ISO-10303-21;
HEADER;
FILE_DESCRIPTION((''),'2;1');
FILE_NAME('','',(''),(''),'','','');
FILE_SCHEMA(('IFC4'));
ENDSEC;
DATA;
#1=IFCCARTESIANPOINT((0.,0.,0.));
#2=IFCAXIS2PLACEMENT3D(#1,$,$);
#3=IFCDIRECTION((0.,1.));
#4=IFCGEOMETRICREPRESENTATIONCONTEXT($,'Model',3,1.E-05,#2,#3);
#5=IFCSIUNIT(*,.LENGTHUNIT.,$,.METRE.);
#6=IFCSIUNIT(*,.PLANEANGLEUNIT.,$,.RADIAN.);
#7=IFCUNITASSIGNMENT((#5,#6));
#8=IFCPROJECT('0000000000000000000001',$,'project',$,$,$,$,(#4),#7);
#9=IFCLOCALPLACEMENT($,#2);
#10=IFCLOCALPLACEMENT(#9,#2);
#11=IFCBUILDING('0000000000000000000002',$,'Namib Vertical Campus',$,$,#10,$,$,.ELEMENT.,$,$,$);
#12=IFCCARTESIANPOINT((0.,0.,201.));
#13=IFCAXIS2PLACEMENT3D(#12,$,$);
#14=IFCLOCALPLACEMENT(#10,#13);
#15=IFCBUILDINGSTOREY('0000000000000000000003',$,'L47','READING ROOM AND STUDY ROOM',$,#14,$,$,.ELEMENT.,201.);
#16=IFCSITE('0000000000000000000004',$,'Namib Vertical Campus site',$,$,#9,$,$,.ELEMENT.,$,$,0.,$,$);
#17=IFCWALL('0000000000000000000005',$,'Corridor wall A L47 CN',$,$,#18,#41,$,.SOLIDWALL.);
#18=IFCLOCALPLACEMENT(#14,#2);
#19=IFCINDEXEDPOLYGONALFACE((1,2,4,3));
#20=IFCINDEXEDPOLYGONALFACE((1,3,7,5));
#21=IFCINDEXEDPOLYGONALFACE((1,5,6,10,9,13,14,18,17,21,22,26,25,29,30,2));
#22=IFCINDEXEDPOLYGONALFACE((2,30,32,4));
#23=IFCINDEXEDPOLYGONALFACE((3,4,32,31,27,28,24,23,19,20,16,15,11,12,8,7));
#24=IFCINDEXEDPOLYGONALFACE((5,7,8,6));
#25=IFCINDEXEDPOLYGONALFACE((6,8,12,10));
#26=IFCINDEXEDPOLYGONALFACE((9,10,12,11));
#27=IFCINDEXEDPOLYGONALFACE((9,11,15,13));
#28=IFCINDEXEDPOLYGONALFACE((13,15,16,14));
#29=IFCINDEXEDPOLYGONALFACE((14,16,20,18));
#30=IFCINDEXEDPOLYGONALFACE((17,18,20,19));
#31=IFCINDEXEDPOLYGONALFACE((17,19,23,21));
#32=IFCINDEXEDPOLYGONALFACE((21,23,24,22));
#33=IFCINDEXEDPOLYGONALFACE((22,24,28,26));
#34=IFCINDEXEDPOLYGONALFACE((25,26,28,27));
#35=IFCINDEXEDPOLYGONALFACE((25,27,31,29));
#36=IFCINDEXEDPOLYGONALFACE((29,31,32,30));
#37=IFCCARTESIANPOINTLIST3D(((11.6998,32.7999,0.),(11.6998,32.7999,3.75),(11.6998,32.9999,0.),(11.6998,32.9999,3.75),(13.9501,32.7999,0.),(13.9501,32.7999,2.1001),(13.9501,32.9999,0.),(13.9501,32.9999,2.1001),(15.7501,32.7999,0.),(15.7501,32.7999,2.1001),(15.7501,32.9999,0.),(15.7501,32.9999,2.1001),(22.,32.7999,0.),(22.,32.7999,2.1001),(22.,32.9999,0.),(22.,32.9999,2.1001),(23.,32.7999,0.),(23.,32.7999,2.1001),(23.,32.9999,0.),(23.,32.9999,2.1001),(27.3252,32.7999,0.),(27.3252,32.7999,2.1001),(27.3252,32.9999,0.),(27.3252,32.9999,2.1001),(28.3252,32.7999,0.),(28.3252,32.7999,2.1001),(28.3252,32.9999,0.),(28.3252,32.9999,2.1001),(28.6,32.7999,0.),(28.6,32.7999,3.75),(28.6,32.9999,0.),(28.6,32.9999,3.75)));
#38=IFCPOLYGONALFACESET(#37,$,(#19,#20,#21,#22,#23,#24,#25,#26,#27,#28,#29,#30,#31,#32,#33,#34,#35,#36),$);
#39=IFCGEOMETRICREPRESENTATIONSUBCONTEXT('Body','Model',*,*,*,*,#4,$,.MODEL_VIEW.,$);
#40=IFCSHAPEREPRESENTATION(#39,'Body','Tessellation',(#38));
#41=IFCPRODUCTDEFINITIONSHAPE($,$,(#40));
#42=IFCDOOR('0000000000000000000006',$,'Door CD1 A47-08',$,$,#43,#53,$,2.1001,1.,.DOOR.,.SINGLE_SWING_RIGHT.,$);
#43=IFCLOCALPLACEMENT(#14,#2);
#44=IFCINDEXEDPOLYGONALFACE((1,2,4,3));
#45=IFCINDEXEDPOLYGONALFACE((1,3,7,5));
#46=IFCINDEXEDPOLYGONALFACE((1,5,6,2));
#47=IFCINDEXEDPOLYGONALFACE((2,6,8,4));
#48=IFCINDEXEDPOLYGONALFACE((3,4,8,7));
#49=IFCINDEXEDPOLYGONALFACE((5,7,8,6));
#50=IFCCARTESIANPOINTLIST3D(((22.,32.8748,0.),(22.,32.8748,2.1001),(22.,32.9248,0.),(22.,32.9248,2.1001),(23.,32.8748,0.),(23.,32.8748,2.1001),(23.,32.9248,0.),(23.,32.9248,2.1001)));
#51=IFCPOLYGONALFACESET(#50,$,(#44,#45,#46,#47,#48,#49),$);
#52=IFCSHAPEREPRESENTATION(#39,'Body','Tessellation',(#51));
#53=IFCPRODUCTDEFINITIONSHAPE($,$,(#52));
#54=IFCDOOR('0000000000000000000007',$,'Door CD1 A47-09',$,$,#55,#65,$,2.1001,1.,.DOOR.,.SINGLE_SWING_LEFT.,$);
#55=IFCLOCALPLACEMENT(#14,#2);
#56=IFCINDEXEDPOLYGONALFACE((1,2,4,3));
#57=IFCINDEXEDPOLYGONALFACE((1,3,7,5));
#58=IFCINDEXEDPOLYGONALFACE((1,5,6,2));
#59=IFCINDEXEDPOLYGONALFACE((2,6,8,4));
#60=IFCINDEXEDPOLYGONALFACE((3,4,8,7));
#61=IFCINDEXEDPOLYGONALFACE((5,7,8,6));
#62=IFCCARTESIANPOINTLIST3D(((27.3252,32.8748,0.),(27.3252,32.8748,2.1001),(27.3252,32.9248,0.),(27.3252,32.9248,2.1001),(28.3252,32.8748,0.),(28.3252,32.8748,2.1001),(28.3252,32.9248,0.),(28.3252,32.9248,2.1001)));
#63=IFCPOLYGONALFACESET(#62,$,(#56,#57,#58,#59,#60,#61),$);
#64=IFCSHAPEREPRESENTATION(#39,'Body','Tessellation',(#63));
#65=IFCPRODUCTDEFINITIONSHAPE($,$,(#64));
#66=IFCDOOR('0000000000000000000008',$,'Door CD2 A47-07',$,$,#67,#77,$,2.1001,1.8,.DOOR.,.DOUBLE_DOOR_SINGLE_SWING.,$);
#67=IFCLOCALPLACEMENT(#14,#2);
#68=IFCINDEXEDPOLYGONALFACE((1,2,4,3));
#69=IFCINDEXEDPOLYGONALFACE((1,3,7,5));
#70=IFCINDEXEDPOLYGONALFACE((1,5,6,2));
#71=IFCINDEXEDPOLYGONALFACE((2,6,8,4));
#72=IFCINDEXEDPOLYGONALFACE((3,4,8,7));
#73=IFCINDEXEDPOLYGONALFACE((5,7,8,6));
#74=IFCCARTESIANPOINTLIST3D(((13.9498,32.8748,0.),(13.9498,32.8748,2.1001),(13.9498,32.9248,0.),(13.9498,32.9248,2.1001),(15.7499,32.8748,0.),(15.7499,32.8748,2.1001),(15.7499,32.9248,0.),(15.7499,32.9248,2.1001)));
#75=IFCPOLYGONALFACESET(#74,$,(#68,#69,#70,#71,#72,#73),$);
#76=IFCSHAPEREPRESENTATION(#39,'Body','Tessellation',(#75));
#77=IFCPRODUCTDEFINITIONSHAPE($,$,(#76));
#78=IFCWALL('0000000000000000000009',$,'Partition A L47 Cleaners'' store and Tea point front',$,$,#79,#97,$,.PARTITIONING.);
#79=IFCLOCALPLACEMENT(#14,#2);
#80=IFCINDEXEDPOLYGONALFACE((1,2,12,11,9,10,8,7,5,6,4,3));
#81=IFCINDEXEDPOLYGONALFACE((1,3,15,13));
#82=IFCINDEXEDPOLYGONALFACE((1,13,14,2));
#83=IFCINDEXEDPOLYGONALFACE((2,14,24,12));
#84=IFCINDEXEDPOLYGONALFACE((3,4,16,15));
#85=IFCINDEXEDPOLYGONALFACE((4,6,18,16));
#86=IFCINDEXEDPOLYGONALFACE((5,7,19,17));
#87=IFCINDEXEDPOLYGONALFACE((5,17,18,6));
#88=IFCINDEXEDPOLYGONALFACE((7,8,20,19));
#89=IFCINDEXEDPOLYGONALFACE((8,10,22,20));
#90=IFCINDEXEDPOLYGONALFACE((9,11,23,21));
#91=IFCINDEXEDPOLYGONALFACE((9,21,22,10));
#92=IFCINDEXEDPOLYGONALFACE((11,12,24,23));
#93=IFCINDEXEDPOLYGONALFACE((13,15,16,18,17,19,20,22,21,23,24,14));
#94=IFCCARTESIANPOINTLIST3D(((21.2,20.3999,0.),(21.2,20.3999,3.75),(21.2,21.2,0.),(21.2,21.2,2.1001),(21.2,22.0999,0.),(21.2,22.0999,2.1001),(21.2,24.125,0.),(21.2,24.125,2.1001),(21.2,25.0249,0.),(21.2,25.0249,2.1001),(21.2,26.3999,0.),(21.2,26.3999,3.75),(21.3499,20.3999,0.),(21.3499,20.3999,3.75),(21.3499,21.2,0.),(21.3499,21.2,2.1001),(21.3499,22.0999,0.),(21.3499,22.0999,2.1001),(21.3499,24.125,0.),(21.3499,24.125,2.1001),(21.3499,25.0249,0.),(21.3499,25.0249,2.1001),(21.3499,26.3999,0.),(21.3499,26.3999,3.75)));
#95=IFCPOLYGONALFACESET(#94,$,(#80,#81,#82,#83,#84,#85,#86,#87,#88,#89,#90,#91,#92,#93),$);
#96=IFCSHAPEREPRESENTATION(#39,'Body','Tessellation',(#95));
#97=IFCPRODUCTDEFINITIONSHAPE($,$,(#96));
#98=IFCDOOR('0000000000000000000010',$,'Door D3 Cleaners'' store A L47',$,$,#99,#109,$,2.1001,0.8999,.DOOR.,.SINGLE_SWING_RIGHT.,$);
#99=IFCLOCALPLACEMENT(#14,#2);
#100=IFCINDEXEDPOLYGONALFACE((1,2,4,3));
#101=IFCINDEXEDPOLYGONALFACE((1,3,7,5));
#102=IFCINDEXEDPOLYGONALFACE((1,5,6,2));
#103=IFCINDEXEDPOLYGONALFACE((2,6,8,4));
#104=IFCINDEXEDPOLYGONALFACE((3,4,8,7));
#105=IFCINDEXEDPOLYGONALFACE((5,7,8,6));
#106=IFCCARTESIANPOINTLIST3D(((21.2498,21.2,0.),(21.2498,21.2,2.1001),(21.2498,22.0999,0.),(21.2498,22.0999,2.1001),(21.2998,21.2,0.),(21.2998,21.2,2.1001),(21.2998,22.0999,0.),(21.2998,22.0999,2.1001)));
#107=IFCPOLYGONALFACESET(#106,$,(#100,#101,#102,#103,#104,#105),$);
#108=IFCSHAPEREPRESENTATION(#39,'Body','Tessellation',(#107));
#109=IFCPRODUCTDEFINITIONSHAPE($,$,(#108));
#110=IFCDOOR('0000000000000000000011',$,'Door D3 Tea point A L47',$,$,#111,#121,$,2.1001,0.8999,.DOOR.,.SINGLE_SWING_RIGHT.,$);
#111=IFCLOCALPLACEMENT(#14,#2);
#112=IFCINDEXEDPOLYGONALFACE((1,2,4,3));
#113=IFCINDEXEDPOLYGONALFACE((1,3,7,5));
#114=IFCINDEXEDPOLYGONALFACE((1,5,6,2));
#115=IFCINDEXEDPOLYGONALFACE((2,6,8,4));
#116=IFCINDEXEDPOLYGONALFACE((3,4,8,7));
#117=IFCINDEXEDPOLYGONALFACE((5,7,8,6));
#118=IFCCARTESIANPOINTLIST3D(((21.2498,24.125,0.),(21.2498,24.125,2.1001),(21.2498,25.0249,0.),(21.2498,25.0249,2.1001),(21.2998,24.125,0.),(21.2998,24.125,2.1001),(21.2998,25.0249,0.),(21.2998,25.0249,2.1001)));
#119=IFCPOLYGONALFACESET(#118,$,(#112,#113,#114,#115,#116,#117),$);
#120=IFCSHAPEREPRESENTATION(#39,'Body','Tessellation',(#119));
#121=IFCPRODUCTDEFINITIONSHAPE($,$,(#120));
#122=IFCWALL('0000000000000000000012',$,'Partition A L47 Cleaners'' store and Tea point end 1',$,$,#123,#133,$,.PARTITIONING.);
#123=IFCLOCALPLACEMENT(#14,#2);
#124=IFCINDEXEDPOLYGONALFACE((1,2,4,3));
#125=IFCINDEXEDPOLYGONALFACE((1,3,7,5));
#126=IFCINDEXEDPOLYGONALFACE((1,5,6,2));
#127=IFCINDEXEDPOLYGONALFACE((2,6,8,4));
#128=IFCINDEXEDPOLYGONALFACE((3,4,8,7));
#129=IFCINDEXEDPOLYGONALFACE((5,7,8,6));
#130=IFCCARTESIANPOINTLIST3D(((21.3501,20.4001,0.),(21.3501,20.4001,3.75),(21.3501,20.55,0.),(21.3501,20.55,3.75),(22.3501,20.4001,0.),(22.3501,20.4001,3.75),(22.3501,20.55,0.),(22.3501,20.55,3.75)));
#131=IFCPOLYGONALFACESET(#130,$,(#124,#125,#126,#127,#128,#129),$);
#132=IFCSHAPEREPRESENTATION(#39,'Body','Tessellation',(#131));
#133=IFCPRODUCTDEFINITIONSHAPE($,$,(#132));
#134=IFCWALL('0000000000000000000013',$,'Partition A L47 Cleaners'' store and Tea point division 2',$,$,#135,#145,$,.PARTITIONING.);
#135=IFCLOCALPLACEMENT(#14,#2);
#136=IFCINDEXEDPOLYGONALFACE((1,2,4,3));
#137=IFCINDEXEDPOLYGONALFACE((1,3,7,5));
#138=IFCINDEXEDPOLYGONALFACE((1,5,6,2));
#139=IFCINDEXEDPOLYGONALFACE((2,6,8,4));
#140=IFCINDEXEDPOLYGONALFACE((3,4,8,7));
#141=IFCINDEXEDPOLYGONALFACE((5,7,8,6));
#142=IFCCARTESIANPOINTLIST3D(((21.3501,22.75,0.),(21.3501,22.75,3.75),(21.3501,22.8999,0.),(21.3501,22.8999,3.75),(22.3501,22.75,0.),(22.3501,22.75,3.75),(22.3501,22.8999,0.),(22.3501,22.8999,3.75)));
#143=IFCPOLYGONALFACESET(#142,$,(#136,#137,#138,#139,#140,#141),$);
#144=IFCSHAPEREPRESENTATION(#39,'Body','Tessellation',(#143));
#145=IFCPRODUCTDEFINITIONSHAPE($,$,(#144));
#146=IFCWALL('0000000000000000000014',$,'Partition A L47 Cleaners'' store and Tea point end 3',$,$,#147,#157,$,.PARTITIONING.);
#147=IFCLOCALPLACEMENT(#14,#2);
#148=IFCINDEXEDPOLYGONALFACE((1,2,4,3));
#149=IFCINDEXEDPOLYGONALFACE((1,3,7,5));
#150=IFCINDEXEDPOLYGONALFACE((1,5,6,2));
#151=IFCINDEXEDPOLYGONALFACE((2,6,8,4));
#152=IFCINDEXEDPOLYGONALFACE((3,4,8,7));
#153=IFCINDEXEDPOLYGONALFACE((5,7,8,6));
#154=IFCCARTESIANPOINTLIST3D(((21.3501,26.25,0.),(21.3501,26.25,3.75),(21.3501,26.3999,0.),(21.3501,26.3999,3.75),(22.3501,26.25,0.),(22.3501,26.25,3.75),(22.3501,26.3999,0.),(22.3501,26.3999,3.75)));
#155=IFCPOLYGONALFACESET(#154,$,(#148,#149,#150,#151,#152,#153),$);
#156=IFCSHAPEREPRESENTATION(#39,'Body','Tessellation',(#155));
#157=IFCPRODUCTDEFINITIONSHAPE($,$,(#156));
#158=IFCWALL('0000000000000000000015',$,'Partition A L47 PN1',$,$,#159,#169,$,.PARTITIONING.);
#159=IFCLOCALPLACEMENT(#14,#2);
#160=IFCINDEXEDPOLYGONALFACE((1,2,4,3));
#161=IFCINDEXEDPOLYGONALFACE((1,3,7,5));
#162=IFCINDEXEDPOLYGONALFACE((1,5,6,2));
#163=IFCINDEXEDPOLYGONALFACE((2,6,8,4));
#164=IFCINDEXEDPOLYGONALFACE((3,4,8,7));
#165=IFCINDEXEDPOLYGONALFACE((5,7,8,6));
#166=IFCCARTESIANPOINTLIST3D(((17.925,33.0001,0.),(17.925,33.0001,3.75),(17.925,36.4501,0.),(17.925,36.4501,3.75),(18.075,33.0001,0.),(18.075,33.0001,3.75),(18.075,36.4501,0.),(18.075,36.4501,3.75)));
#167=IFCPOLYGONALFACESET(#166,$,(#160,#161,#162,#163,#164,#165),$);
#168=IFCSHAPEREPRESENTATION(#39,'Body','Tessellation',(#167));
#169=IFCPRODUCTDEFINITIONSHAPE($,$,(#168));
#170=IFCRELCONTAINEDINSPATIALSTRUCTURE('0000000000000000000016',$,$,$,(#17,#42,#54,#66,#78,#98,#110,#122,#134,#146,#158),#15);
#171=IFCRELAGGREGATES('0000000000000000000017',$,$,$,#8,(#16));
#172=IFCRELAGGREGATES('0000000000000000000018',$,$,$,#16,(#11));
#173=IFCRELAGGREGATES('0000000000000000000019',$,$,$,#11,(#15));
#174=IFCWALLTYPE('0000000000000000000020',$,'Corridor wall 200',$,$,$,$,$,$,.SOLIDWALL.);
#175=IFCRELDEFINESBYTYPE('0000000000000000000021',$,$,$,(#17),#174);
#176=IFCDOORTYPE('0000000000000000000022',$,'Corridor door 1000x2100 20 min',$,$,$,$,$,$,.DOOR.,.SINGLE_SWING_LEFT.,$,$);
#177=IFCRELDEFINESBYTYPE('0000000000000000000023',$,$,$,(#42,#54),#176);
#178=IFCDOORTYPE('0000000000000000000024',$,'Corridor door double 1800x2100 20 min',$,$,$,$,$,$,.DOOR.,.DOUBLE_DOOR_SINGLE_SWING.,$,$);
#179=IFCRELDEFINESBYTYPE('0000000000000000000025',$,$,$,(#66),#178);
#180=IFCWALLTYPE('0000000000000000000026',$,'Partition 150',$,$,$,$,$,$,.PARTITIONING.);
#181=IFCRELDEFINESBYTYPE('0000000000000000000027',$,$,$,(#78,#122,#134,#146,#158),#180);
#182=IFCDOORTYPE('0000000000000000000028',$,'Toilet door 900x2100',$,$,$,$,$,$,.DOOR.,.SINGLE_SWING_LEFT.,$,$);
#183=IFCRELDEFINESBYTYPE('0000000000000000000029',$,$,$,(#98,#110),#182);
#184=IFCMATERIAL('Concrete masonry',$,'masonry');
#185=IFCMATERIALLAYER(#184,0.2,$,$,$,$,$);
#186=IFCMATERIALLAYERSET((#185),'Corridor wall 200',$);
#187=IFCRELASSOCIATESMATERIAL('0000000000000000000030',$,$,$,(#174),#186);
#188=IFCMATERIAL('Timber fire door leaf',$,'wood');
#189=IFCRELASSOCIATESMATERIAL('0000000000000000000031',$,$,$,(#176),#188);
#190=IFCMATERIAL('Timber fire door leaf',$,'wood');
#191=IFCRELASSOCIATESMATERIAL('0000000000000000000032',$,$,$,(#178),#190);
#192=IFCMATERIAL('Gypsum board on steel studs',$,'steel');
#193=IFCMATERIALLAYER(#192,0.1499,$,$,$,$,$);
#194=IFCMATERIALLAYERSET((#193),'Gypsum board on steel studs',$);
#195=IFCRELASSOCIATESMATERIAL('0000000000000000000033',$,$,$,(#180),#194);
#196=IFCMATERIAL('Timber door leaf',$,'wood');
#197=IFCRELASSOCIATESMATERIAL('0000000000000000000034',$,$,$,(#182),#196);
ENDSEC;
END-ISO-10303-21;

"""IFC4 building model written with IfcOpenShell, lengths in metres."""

from ifc_helpers import new_model, si_unit, direction, frame, frame_2d, origin, place, context, subcontext, project, spatial, rectangle, extrude, material, layer, layer_set, type_object, element, fill, save


model = new_model("IFC4")

# Units and contexts
model_context = context("Model", 3, precision=1e-05, world=origin(), true_north=direction((0.0, 1.0)))
body_context = subcontext(model_context, "Body", "Model", "MODEL_VIEW")
ifc_project = project(units=[si_unit("LENGTHUNIT", "METRE"), si_unit("PLANEANGLEUNIT", "RADIAN")], contexts=[model_context])

# Site, building, storey
site_placement = place(None, origin())
site = spatial("IfcSite", under=ifc_project, at=site_placement, Name="Namib Vertical Campus site", CompositionType="ELEMENT", RefElevation=0.0)
building_placement = place(site_placement, origin())
building = spatial("IfcBuilding", under=site, at=building_placement, Name="Namib Vertical Campus", CompositionType="ELEMENT")
storey_placement = place(building_placement, frame((0.0, 0.0, 201.0)))
storey = spatial("IfcBuildingStorey", under=building, at=storey_placement, Name="L47", Description="READING ROOM AND STUDY ROOM", CompositionType="ELEMENT", Elevation=201.0)

# Walls, openings, doors
ifc_material_1 = material(Name="Concrete masonry", Category="masonry")
ifc_layer_1 = layer(ifc_material_1, 0.2)
ifc_layer_set_1 = layer_set([ifc_layer_1], Name="Corridor wall 200")
wall_type_1 = type_object("IfcWallType", Name="Corridor wall 200", PredefinedType="SOLIDWALL", material=ifc_layer_set_1)
wall_1_placement = place(storey_placement, frame((28.6001, 32.8999, 0.0), z_axis=(0.0, 0.0, 1.0), x_axis=(-1.0, 0.0, 0.0)))
wall_1 = element("IfcWall", 1, at=wall_1_placement, inside=storey, type_object=wall_type_1, Name="Corridor wall A L47 CN", PredefinedType="SOLIDWALL", context=body_context, shape_type="SweptSolid", body=[
    extrude(rectangle(XDim=16.9001, YDim=0.2, at=frame_2d((8.4502, 0.0))), origin(), (0.0, 0.0, 1.0), 3.75),
])
opening_1_placement = place(wall_1_placement, frame((12.8501, 0.0, 0.0)))
opening_1 = element("IfcOpeningElement", 2, at=opening_1_placement, cuts=wall_1, PredefinedType="OPENING", context=body_context, shape_type="SweptSolid", body=[
    extrude(rectangle(XDim=1.8, YDim=2.1001, at=frame_2d((0.8999, 1.05))), frame((0.0, 0.1099, 0.0), z_axis=(0.0, -1.0, 0.0), x_axis=(1.0, 0.0, 0.0)), (0.0, 0.0, 1.0), 0.22),
])
opening_2_placement = place(wall_1_placement, frame((5.6001, 0.0, 0.0)))
opening_2 = element("IfcOpeningElement", 3, at=opening_2_placement, cuts=wall_1, PredefinedType="OPENING", context=body_context, shape_type="SweptSolid", body=[
    extrude(rectangle(XDim=1.0, YDim=2.1001, at=frame_2d((0.5, 1.05))), frame((0.0, 0.1099, 0.0), z_axis=(0.0, -1.0, 0.0), x_axis=(1.0, 0.0, 0.0)), (0.0, 0.0, 1.0), 0.22),
])
opening_3_placement = place(wall_1_placement, frame((0.2749, 0.0, 0.0)))
opening_3 = element("IfcOpeningElement", 4, at=opening_3_placement, cuts=wall_1, PredefinedType="OPENING", context=body_context, shape_type="SweptSolid", body=[
    extrude(rectangle(XDim=1.0, YDim=2.1001, at=frame_2d((0.5, 1.05))), frame((0.0, 0.1099, 0.0), z_axis=(0.0, -1.0, 0.0), x_axis=(1.0, 0.0, 0.0)), (0.0, 0.0, 1.0), 0.22),
])
ifc_material_2 = material(Name="Timber fire door leaf", Category="wood")
door_type_1 = type_object("IfcDoorType", Name="Corridor door 1000x2100 20 min", OperationType="SINGLE_SWING_LEFT", PredefinedType="DOOR", material=ifc_material_2)
door_1_placement = place(opening_2_placement, frame((1.0, 0.0, 0.0), z_axis=(0.0, 0.0, 1.0), x_axis=(-1.0, 0.0, 0.0)))
door_1 = element("IfcDoor", 5, at=door_1_placement, inside=storey, type_object=door_type_1, Name="Door CD1 A47-08", OperationType="SINGLE_SWING_RIGHT", OverallHeight=2.1001, OverallWidth=1.0, PredefinedType="DOOR", context=body_context, shape_type="SweptSolid", body=[
    extrude(rectangle(XDim=1.0, YDim=2.1001, at=frame_2d((0.5, 1.05))), frame((0.0, 0.0249, 0.0), z_axis=(0.0, -1.0, 0.0), x_axis=(1.0, 0.0, 0.0)), (0.0, 0.0, 1.0), 0.05),
])
fill(opening_2, door_1)
door_2_placement = place(opening_3_placement, frame((1.0, 0.0, 0.0), z_axis=(0.0, 0.0, 1.0), x_axis=(-1.0, 0.0, 0.0)))
door_2 = element("IfcDoor", 6, at=door_2_placement, inside=storey, type_object=door_type_1, Name="Door CD1 A47-09", OperationType="SINGLE_SWING_LEFT", OverallHeight=2.1001, OverallWidth=1.0, PredefinedType="DOOR", context=body_context, shape_type="SweptSolid", body=[
    extrude(rectangle(XDim=1.0, YDim=2.1001, at=frame_2d((0.5, 1.05))), frame((0.0, 0.0249, 0.0), z_axis=(0.0, -1.0, 0.0), x_axis=(1.0, 0.0, 0.0)), (0.0, 0.0, 1.0), 0.05),
])
fill(opening_3, door_2)
ifc_material_3 = material(Name="Timber fire door leaf", Category="wood")
door_type_2 = type_object("IfcDoorType", Name="Corridor door double 1800x2100 20 min", OperationType="DOUBLE_DOOR_SINGLE_SWING", PredefinedType="DOOR", material=ifc_material_3)
door_3_placement = place(opening_1_placement, frame((1.8, 0.0, 0.0), z_axis=(0.0, 0.0, 1.0), x_axis=(-1.0, 0.0, 0.0)))
door_3 = element("IfcDoor", 7, at=door_3_placement, inside=storey, type_object=door_type_2, Name="Door CD2 A47-07", OperationType="DOUBLE_DOOR_SINGLE_SWING", OverallHeight=2.1001, OverallWidth=1.8, PredefinedType="DOOR", context=body_context, shape_type="SweptSolid", body=[
    extrude(rectangle(XDim=1.8, YDim=2.1001, at=frame_2d((0.8999, 1.05))), frame((0.0, 0.0249, 0.0), z_axis=(0.0, -1.0, 0.0), x_axis=(1.0, 0.0, 0.0)), (0.0, 0.0, 1.0), 0.05),
])
fill(opening_1, door_3)
ifc_material_4 = material(Name="Gypsum board on steel studs", Category="steel")
ifc_layer_2 = layer(ifc_material_4, 0.1499)
ifc_layer_set_2 = layer_set([ifc_layer_2], Name="Gypsum board on steel studs")
wall_type_2 = type_object("IfcWallType", Name="Partition 150", PredefinedType="PARTITIONING", material=ifc_layer_set_2)
wall_2_placement = place(storey_placement, frame((21.2749, 20.3999, 0.0), z_axis=(0.0, 0.0, 1.0), x_axis=(0.0, 1.0, 0.0)))
wall_2 = element("IfcWall", 8, at=wall_2_placement, inside=storey, type_object=wall_type_2, Name="Partition A L47 Cleaners' store and Tea point front", PredefinedType="PARTITIONING", context=body_context, shape_type="SweptSolid", body=[
    extrude(rectangle(XDim=6.0, YDim=0.1499, at=frame_2d((3.0, 0.0))), origin(), (0.0, 0.0, 1.0), 3.75),
])
opening_4_placement = place(wall_2_placement, frame((0.8, 0.0, 0.0)))
opening_4 = element("IfcOpeningElement", 9, at=opening_4_placement, cuts=wall_2, PredefinedType="OPENING", context=body_context, shape_type="SweptSolid", body=[
    extrude(rectangle(XDim=0.8999, YDim=2.1001, at=frame_2d((0.45, 1.05))), frame((0.0, 0.085, 0.0), z_axis=(0.0, -1.0, 0.0), x_axis=(1.0, 0.0, 0.0)), (0.0, 0.0, 1.0), 0.1699),
])
opening_5_placement = place(wall_2_placement, frame((3.7251, 0.0, 0.0)))
opening_5 = element("IfcOpeningElement", 10, at=opening_5_placement, cuts=wall_2, PredefinedType="OPENING", context=body_context, shape_type="SweptSolid", body=[
    extrude(rectangle(XDim=0.8999, YDim=2.1001, at=frame_2d((0.45, 1.05))), frame((0.0, 0.085, 0.0), z_axis=(0.0, -1.0, 0.0), x_axis=(1.0, 0.0, 0.0)), (0.0, 0.0, 1.0), 0.1699),
])
ifc_material_5 = material(Name="Timber door leaf", Category="wood")
door_type_3 = type_object("IfcDoorType", Name="Toilet door 900x2100", OperationType="SINGLE_SWING_LEFT", PredefinedType="DOOR", material=ifc_material_5)
door_4_placement = place(opening_4_placement, frame((0.8999, 0.0, 0.0), z_axis=(0.0, 0.0, 1.0), x_axis=(-1.0, 0.0, 0.0)))
door_4 = element("IfcDoor", 11, at=door_4_placement, inside=storey, type_object=door_type_3, Name="Door D3 Cleaners' store A L47", OperationType="SINGLE_SWING_RIGHT", OverallHeight=2.1001, OverallWidth=0.8999, PredefinedType="DOOR", context=body_context, shape_type="SweptSolid", body=[
    extrude(rectangle(XDim=0.8999, YDim=2.1001, at=frame_2d((0.45, 1.05))), frame((0.0, 0.0249, 0.0), z_axis=(0.0, -1.0, 0.0), x_axis=(1.0, 0.0, 0.0)), (0.0, 0.0, 1.0), 0.05),
])
fill(opening_4, door_4)
door_5_placement = place(opening_5_placement, frame((0.8999, 0.0, 0.0), z_axis=(0.0, 0.0, 1.0), x_axis=(-1.0, 0.0, 0.0)))
door_5 = element("IfcDoor", 12, at=door_5_placement, inside=storey, type_object=door_type_3, Name="Door D3 Tea point A L47", OperationType="SINGLE_SWING_RIGHT", OverallHeight=2.1001, OverallWidth=0.8999, PredefinedType="DOOR", context=body_context, shape_type="SweptSolid", body=[
    extrude(rectangle(XDim=0.8999, YDim=2.1001, at=frame_2d((0.45, 1.05))), frame((0.0, 0.0249, 0.0), z_axis=(0.0, -1.0, 0.0), x_axis=(1.0, 0.0, 0.0)), (0.0, 0.0, 1.0), 0.05),
])
fill(opening_5, door_5)

# Walls
for number, where, z_axis, x_axis, name in (
    (13, (21.3501, 20.4751, 0.0), (0.0, 0.0, 1.0), (1.0, 0.0, 0.0), "Partition A L47 Cleaners' store and Tea point end 1"),
    (14, (21.3501, 22.825, 0.0), (0.0, 0.0, 1.0), (1.0, 0.0, 0.0), "Partition A L47 Cleaners' store and Tea point division 2"),
    (15, (21.3501, 26.325, 0.0), (0.0, 0.0, 1.0), (1.0, 0.0, 0.0), "Partition A L47 Cleaners' store and Tea point end 3"),
):
    element("IfcWall", number, at=place(storey_placement, frame(where, z_axis=z_axis, x_axis=x_axis)), inside=storey, type_object=wall_type_2, Name=name, PredefinedType="PARTITIONING", context=body_context, shape_type="SweptSolid", body=[
        extrude(rectangle(XDim=1.0, YDim=0.1499, at=frame_2d((0.5, 0.0))), origin(), (0.0, 0.0, 1.0), 3.75),
    ])
wall_3_placement = place(storey_placement, frame((18.0, 33.0, 0.0), z_axis=(0.0, 0.0, 1.0), x_axis=(0.0, 1.0, 0.0)))
element("IfcWall", 16, at=wall_3_placement, inside=storey, type_object=wall_type_2, Name="Partition A L47 PN1", PredefinedType="PARTITIONING", context=body_context, shape_type="SweptSolid", body=[
    extrude(rectangle(XDim=3.45, YDim=0.1499, at=frame_2d((1.7251, 0.0))), origin(), (0.0, 0.0, 1.0), 3.75),
])

save(model, "model.ifc")
